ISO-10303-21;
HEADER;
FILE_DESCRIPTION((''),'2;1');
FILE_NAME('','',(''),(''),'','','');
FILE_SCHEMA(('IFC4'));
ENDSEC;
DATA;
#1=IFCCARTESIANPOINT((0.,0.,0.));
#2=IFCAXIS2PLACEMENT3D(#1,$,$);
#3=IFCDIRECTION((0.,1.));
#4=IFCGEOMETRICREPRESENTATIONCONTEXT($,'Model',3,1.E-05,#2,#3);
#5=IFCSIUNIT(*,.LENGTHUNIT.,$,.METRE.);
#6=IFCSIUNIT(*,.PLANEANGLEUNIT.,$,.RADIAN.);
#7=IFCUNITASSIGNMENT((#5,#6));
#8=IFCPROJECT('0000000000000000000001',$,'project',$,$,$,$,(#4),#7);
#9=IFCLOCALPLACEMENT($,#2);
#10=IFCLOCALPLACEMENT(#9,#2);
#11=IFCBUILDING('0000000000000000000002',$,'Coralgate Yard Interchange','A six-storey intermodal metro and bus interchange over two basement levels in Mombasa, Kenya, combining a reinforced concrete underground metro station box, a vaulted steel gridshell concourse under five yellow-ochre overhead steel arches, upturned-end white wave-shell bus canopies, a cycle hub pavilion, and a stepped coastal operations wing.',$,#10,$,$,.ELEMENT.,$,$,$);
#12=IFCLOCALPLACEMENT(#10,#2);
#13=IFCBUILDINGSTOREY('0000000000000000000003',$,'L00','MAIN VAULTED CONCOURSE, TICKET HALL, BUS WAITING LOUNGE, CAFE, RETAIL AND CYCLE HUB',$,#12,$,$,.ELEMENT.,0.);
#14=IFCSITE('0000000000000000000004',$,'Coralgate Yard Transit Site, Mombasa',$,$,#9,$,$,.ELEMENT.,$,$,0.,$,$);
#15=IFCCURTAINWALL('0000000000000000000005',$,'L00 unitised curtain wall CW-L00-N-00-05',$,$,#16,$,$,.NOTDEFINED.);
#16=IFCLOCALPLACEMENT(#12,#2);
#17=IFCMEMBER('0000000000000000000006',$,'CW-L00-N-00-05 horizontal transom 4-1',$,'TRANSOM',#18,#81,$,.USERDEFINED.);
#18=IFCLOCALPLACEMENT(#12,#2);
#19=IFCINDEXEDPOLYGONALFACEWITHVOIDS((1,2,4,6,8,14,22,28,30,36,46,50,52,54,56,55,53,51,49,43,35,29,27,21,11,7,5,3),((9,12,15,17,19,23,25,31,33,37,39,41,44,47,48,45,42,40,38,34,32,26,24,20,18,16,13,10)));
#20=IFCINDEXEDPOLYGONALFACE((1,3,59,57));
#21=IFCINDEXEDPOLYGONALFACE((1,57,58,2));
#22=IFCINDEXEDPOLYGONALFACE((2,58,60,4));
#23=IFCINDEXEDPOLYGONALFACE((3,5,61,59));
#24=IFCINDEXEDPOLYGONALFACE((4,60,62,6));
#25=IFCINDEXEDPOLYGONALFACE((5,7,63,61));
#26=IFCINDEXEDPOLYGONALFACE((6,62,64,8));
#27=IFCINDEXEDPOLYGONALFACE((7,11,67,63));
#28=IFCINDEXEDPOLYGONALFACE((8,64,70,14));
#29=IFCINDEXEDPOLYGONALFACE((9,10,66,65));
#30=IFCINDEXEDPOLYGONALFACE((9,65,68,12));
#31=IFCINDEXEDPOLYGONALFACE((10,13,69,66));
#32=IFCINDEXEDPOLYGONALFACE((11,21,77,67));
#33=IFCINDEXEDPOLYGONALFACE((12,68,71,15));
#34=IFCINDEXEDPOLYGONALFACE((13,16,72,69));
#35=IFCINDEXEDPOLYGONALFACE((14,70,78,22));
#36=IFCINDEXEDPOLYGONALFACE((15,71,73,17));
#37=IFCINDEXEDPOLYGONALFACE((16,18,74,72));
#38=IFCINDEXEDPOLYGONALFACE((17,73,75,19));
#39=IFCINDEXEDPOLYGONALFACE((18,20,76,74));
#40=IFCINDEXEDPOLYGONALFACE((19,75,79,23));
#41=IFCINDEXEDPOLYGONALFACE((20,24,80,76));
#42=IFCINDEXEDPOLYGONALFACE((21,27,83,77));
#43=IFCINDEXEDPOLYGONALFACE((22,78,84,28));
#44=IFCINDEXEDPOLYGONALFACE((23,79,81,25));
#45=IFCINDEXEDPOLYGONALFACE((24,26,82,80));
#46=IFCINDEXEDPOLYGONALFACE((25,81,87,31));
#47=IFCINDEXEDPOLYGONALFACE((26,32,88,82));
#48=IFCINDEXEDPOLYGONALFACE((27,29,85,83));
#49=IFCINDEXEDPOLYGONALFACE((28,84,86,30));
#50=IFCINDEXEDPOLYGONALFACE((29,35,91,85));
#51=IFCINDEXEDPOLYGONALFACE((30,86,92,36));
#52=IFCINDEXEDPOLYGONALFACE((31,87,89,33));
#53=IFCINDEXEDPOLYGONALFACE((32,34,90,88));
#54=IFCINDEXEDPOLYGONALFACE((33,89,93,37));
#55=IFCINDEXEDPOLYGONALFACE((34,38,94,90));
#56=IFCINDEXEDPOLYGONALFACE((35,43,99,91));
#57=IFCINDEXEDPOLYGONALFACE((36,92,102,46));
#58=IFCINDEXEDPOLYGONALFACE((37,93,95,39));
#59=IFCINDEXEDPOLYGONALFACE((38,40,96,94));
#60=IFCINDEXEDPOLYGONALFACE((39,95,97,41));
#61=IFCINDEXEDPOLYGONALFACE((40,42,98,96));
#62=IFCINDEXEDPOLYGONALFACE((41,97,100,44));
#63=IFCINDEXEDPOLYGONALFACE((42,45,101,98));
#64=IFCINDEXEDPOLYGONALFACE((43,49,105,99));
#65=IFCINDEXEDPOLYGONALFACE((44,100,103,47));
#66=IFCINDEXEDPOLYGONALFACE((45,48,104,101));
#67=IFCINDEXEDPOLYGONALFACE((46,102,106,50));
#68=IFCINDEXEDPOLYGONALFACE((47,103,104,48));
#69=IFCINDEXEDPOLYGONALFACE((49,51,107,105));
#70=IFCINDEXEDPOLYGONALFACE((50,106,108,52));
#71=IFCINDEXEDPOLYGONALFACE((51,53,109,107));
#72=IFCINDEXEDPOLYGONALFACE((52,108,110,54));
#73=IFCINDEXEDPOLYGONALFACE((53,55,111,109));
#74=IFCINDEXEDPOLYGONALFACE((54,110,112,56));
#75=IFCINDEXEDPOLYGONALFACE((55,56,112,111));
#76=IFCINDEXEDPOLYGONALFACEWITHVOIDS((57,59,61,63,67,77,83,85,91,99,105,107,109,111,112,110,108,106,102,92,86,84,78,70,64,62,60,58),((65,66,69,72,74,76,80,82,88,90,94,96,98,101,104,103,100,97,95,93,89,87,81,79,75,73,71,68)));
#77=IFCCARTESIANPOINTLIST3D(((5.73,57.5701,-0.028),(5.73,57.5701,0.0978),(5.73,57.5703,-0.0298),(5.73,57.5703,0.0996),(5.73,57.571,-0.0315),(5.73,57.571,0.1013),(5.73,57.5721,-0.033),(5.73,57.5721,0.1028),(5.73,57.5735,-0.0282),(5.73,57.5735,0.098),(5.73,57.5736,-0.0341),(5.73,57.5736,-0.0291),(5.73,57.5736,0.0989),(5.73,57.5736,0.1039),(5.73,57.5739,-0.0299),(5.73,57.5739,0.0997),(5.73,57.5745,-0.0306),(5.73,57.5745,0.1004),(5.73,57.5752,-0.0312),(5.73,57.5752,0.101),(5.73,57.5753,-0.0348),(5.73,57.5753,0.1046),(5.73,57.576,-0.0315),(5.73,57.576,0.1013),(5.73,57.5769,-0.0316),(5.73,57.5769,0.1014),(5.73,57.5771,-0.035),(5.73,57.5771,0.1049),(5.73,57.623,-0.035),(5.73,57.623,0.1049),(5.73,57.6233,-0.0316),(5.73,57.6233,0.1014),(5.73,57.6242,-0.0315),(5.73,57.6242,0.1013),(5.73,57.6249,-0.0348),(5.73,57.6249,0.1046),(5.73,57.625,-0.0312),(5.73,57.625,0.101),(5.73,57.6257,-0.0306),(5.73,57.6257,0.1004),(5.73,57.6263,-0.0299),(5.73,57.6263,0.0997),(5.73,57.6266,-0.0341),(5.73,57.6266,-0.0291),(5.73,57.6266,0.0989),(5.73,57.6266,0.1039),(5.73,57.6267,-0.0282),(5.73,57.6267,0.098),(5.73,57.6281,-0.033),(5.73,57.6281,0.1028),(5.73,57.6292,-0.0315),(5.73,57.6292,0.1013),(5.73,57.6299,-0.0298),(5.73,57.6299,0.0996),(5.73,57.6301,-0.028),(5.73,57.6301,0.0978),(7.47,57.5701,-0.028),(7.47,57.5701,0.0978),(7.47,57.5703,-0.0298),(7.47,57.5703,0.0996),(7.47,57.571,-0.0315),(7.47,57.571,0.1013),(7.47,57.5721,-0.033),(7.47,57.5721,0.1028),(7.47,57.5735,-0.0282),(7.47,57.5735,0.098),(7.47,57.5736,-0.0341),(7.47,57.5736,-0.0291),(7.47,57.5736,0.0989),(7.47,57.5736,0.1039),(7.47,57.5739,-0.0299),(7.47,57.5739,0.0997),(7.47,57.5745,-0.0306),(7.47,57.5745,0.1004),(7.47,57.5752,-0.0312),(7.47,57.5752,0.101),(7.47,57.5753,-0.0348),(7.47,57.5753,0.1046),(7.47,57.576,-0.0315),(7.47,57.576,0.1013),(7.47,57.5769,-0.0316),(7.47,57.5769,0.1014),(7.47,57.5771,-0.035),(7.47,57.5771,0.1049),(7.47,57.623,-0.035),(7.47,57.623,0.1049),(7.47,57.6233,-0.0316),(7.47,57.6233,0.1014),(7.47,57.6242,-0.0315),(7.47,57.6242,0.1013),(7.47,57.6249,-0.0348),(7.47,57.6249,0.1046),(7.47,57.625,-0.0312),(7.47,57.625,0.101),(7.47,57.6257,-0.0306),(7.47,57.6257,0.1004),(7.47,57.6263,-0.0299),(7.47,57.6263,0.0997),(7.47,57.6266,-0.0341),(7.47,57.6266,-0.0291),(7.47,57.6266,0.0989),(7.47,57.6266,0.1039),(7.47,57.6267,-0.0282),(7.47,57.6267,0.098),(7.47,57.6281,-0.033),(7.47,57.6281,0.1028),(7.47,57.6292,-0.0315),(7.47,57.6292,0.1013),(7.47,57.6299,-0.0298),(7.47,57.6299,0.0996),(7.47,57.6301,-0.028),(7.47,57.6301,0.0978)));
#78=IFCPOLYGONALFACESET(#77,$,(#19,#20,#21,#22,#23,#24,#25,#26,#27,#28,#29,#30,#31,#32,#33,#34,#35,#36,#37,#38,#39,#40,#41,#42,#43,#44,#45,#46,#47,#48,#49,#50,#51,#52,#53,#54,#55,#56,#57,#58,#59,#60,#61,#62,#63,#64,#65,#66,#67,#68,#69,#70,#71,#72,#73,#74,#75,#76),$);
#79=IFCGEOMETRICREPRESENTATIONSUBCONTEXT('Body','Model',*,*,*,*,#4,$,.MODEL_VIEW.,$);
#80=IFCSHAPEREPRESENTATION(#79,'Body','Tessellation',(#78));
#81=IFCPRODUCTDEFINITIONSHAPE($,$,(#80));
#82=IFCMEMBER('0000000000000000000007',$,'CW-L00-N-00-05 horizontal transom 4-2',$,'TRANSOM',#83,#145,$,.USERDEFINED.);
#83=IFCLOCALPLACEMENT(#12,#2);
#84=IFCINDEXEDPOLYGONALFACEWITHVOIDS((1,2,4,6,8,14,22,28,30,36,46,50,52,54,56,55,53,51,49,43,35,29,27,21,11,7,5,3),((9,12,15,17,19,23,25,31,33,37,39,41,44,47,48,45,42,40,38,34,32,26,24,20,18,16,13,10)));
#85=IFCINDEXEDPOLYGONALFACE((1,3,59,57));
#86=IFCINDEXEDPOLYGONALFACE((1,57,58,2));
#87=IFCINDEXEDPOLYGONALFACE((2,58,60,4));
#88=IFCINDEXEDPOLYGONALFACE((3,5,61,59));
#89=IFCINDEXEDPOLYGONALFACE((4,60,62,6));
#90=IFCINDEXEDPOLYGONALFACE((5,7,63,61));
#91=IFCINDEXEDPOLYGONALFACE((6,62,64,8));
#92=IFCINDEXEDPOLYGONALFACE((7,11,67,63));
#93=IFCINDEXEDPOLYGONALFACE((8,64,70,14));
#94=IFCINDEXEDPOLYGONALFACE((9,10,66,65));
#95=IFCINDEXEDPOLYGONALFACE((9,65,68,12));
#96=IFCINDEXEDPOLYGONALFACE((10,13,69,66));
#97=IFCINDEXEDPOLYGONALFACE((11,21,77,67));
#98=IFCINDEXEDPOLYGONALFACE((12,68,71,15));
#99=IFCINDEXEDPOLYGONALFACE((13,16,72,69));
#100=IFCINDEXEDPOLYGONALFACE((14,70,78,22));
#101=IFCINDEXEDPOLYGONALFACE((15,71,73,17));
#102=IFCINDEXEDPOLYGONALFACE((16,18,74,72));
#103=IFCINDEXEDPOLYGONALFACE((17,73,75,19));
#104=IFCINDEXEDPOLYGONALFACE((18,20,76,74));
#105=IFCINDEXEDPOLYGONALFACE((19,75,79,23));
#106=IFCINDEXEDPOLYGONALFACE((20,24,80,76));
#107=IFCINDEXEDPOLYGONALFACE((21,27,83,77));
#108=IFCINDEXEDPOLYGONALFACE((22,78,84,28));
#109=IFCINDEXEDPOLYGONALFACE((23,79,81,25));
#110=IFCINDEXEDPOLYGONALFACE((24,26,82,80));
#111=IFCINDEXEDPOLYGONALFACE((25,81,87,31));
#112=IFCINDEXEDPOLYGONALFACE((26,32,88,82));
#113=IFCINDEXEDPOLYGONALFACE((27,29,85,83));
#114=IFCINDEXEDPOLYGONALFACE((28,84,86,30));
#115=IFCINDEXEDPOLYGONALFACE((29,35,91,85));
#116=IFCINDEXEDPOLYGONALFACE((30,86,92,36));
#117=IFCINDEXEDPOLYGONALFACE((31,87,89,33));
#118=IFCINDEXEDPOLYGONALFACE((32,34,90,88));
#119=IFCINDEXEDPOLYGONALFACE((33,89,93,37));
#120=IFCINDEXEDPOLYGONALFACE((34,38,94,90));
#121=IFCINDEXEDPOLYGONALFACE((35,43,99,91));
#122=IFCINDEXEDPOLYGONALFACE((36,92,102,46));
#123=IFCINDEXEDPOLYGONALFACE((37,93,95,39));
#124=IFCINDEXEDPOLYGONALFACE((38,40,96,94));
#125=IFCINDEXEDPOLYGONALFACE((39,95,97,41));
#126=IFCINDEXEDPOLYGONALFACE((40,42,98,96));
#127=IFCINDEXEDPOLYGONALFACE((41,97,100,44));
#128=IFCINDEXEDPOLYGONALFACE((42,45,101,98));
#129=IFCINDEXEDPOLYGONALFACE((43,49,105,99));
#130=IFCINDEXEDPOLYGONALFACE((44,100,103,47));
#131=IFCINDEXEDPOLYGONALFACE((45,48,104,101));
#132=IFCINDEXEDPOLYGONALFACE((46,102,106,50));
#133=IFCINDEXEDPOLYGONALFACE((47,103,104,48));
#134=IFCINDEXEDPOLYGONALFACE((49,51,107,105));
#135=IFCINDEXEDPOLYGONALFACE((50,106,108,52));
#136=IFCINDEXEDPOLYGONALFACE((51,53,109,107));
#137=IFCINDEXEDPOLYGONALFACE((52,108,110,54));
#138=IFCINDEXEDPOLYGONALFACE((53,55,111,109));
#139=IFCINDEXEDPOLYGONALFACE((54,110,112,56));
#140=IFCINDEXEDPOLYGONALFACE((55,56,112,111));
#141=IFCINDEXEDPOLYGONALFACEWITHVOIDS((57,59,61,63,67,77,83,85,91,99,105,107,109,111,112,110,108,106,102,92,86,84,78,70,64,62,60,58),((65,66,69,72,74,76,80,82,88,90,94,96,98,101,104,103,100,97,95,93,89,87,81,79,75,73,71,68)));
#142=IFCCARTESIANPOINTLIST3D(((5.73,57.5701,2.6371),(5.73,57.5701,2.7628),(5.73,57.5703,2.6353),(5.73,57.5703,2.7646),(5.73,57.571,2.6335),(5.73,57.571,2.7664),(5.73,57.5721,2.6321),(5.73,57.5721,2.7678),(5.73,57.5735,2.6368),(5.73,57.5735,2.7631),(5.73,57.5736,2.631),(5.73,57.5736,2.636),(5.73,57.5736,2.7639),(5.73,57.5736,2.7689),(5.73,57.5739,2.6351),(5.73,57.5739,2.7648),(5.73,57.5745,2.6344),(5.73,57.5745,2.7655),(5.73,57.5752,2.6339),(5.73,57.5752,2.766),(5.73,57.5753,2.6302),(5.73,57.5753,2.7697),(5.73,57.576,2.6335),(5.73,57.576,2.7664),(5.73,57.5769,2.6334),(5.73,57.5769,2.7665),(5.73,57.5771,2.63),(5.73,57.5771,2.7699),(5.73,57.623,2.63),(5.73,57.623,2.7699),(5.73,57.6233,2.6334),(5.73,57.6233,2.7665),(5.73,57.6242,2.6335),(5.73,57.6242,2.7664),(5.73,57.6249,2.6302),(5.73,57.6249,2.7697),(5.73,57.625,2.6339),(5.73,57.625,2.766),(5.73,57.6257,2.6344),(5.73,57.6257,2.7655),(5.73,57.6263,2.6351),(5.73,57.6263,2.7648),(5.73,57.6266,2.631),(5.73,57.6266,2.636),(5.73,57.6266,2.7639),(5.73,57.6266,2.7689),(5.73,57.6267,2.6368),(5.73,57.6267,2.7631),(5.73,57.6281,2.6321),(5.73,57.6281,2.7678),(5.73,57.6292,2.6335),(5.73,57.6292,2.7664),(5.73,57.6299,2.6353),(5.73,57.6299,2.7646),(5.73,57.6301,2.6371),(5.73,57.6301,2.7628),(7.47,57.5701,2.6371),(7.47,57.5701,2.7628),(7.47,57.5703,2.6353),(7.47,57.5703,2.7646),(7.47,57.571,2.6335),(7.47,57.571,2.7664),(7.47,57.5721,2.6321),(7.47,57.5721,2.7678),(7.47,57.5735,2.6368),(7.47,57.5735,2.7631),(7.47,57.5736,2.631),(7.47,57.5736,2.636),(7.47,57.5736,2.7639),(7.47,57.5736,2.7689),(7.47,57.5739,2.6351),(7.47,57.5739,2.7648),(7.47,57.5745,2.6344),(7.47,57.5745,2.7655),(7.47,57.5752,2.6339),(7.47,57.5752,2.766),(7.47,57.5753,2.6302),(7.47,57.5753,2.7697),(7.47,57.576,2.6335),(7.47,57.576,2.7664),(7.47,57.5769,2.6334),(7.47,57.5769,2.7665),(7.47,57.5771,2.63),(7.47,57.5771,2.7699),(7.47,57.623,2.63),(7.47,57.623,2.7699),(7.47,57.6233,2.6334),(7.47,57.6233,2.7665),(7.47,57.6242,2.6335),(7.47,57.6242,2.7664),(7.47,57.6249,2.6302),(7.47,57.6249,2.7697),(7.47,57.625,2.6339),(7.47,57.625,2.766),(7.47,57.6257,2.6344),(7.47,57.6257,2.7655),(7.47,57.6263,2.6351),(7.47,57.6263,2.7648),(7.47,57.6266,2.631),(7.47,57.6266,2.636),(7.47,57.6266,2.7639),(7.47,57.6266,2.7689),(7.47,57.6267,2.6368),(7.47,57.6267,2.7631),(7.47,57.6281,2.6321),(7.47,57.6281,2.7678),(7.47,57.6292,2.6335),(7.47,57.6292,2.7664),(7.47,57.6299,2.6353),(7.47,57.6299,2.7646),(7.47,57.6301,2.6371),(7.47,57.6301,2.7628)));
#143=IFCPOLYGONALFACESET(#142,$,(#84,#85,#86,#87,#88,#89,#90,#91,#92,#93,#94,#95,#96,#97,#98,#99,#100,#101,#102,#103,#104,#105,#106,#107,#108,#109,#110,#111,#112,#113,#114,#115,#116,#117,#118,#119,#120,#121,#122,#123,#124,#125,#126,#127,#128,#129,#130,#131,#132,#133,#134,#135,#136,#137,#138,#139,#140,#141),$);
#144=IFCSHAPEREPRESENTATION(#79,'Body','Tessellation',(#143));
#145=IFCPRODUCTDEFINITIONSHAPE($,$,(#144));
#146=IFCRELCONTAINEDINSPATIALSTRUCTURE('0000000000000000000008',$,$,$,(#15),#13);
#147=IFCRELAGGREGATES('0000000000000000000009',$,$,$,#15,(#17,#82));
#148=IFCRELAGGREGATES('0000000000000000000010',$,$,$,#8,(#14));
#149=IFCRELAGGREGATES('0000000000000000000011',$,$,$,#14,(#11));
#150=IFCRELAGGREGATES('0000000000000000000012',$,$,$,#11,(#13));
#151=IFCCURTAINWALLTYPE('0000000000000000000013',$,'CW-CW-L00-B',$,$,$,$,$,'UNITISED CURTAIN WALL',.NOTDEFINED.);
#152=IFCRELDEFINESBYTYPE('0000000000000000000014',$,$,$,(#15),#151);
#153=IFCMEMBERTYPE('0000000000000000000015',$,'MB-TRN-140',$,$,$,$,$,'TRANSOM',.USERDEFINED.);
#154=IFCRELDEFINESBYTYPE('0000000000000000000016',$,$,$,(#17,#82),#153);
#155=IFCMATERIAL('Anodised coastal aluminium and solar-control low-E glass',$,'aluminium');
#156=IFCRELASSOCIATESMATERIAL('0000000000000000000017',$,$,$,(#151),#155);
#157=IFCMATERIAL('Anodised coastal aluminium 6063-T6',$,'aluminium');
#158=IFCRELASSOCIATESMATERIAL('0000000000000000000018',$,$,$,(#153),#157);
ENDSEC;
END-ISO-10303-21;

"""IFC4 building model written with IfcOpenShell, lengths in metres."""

from ifc_helpers import new_model, si_unit, direction, frame, origin, origin_2d, place, context, subcontext, project, spatial, hollow_rectangle, extrude, material, material_profile, profile_set, type_object, element, aggregate, save


model = new_model("IFC4")

# Units and contexts
model_context = context("Model", 3, precision=1e-05, world=origin(), true_north=direction((0.0, 1.0)))
body_context = subcontext(model_context, "Body", "Model", "MODEL_VIEW")
ifc_project = project(units=[si_unit("LENGTHUNIT", "METRE"), si_unit("PLANEANGLEUNIT", "RADIAN")], contexts=[model_context])

# Site, building, storey
site_placement = place(None, origin())
site = spatial("IfcSite", under=ifc_project, at=site_placement, Name="Coralgate Yard Transit Site, Mombasa", CompositionType="ELEMENT", RefElevation=0.0)
building_placement = place(site_placement, origin())
building = spatial("IfcBuilding", under=site, at=building_placement, Name="Coralgate Yard Interchange", Description="A six-storey intermodal metro and bus interchange over two basement levels in Mombasa, Kenya, combining a reinforced concrete underground metro station box, a vaulted steel gridshell concourse under five yellow-ochre overhead steel arches, upturned-end white wave-shell bus canopies, a cycle hub pavilion, and a stepped coastal operations wing.", CompositionType="ELEMENT")
storey_placement = place(building_placement, origin())
storey = spatial("IfcBuildingStorey", under=building, at=storey_placement, Name="L00", Description="MAIN VAULTED CONCOURSE, TICKET HALL, BUS WAITING LOUNGE, CAFE, RETAIL AND CYCLE HUB", CompositionType="ELEMENT", Elevation=0.0)

# Curtain wall, members
ifc_material_1 = material(Name="Anodised coastal aluminium and solar-control low-E glass", Category="aluminium")
curtain_wall_type = type_object("IfcCurtainWallType", Name="CW-CW-L00-B", ElementType="UNITISED CURTAIN WALL", PredefinedType="NOTDEFINED", material=ifc_material_1)
curtain_wall_placement = place(storey_placement, origin())
curtain_wall = element("IfcCurtainWall", 1, at=curtain_wall_placement, inside=storey, type_object=curtain_wall_type, Name="L00 unitised curtain wall CW-L00-N-00-05", PredefinedType="NOTDEFINED")
ifc_material_2 = material(Name="Anodised coastal aluminium 6063-T6", Category="aluminium")
ifc_material_profile_1 = material_profile(ifc_material_2, hollow_rectangle(XDim=0.0601, YDim=0.1399, WallThickness=0.0034, InnerFilletRadius=0.0034, OuterFilletRadius=0.0071, at=origin_2d()), Name="ALU 60x140x3.5")
ifc_profile_set_1 = profile_set([ifc_material_profile_1], Name="Anodised coastal aluminium 6063-T6")
member_type_1 = type_object("IfcMemberType", Name="MB-TRN-140", ElementType="TRANSOM", PredefinedType="USERDEFINED", material=ifc_profile_set_1)
member_1_placement = place(storey_placement, frame((5.73, 57.6001, 0.0349), z_axis=(1.0, 0.0, 0.0), x_axis=(0.0, 1.0, 0.0)))
member_1 = element("IfcMember", 2, at=member_1_placement, type_object=member_type_1, Name="CW-L00-N-00-05 horizontal transom 4-1", ObjectType="TRANSOM", PredefinedType="USERDEFINED", context=body_context, shape_type="SweptSolid", body=[
    extrude(hollow_rectangle(XDim=0.0601, YDim=0.1399, WallThickness=0.0034, InnerFilletRadius=0.0034, OuterFilletRadius=0.0071, at=origin_2d()), origin(), (0.0, 0.0, 1.0), 1.74),
])
member_2_placement = place(storey_placement, frame((5.73, 57.6001, 2.7), z_axis=(1.0, 0.0, 0.0), x_axis=(0.0, 1.0, 0.0)))
member_2 = element("IfcMember", 3, at=member_2_placement, type_object=member_type_1, Name="CW-L00-N-00-05 horizontal transom 4-2", ObjectType="TRANSOM", PredefinedType="USERDEFINED", context=body_context, shape_type="SweptSolid", body=[
    extrude(hollow_rectangle(XDim=0.0601, YDim=0.1399, WallThickness=0.0034, InnerFilletRadius=0.0034, OuterFilletRadius=0.0071, at=origin_2d()), origin(), (0.0, 0.0, 1.0), 1.74),
])
aggregate(curtain_wall, [member_1, member_2])

save(model, "model.ifc")
